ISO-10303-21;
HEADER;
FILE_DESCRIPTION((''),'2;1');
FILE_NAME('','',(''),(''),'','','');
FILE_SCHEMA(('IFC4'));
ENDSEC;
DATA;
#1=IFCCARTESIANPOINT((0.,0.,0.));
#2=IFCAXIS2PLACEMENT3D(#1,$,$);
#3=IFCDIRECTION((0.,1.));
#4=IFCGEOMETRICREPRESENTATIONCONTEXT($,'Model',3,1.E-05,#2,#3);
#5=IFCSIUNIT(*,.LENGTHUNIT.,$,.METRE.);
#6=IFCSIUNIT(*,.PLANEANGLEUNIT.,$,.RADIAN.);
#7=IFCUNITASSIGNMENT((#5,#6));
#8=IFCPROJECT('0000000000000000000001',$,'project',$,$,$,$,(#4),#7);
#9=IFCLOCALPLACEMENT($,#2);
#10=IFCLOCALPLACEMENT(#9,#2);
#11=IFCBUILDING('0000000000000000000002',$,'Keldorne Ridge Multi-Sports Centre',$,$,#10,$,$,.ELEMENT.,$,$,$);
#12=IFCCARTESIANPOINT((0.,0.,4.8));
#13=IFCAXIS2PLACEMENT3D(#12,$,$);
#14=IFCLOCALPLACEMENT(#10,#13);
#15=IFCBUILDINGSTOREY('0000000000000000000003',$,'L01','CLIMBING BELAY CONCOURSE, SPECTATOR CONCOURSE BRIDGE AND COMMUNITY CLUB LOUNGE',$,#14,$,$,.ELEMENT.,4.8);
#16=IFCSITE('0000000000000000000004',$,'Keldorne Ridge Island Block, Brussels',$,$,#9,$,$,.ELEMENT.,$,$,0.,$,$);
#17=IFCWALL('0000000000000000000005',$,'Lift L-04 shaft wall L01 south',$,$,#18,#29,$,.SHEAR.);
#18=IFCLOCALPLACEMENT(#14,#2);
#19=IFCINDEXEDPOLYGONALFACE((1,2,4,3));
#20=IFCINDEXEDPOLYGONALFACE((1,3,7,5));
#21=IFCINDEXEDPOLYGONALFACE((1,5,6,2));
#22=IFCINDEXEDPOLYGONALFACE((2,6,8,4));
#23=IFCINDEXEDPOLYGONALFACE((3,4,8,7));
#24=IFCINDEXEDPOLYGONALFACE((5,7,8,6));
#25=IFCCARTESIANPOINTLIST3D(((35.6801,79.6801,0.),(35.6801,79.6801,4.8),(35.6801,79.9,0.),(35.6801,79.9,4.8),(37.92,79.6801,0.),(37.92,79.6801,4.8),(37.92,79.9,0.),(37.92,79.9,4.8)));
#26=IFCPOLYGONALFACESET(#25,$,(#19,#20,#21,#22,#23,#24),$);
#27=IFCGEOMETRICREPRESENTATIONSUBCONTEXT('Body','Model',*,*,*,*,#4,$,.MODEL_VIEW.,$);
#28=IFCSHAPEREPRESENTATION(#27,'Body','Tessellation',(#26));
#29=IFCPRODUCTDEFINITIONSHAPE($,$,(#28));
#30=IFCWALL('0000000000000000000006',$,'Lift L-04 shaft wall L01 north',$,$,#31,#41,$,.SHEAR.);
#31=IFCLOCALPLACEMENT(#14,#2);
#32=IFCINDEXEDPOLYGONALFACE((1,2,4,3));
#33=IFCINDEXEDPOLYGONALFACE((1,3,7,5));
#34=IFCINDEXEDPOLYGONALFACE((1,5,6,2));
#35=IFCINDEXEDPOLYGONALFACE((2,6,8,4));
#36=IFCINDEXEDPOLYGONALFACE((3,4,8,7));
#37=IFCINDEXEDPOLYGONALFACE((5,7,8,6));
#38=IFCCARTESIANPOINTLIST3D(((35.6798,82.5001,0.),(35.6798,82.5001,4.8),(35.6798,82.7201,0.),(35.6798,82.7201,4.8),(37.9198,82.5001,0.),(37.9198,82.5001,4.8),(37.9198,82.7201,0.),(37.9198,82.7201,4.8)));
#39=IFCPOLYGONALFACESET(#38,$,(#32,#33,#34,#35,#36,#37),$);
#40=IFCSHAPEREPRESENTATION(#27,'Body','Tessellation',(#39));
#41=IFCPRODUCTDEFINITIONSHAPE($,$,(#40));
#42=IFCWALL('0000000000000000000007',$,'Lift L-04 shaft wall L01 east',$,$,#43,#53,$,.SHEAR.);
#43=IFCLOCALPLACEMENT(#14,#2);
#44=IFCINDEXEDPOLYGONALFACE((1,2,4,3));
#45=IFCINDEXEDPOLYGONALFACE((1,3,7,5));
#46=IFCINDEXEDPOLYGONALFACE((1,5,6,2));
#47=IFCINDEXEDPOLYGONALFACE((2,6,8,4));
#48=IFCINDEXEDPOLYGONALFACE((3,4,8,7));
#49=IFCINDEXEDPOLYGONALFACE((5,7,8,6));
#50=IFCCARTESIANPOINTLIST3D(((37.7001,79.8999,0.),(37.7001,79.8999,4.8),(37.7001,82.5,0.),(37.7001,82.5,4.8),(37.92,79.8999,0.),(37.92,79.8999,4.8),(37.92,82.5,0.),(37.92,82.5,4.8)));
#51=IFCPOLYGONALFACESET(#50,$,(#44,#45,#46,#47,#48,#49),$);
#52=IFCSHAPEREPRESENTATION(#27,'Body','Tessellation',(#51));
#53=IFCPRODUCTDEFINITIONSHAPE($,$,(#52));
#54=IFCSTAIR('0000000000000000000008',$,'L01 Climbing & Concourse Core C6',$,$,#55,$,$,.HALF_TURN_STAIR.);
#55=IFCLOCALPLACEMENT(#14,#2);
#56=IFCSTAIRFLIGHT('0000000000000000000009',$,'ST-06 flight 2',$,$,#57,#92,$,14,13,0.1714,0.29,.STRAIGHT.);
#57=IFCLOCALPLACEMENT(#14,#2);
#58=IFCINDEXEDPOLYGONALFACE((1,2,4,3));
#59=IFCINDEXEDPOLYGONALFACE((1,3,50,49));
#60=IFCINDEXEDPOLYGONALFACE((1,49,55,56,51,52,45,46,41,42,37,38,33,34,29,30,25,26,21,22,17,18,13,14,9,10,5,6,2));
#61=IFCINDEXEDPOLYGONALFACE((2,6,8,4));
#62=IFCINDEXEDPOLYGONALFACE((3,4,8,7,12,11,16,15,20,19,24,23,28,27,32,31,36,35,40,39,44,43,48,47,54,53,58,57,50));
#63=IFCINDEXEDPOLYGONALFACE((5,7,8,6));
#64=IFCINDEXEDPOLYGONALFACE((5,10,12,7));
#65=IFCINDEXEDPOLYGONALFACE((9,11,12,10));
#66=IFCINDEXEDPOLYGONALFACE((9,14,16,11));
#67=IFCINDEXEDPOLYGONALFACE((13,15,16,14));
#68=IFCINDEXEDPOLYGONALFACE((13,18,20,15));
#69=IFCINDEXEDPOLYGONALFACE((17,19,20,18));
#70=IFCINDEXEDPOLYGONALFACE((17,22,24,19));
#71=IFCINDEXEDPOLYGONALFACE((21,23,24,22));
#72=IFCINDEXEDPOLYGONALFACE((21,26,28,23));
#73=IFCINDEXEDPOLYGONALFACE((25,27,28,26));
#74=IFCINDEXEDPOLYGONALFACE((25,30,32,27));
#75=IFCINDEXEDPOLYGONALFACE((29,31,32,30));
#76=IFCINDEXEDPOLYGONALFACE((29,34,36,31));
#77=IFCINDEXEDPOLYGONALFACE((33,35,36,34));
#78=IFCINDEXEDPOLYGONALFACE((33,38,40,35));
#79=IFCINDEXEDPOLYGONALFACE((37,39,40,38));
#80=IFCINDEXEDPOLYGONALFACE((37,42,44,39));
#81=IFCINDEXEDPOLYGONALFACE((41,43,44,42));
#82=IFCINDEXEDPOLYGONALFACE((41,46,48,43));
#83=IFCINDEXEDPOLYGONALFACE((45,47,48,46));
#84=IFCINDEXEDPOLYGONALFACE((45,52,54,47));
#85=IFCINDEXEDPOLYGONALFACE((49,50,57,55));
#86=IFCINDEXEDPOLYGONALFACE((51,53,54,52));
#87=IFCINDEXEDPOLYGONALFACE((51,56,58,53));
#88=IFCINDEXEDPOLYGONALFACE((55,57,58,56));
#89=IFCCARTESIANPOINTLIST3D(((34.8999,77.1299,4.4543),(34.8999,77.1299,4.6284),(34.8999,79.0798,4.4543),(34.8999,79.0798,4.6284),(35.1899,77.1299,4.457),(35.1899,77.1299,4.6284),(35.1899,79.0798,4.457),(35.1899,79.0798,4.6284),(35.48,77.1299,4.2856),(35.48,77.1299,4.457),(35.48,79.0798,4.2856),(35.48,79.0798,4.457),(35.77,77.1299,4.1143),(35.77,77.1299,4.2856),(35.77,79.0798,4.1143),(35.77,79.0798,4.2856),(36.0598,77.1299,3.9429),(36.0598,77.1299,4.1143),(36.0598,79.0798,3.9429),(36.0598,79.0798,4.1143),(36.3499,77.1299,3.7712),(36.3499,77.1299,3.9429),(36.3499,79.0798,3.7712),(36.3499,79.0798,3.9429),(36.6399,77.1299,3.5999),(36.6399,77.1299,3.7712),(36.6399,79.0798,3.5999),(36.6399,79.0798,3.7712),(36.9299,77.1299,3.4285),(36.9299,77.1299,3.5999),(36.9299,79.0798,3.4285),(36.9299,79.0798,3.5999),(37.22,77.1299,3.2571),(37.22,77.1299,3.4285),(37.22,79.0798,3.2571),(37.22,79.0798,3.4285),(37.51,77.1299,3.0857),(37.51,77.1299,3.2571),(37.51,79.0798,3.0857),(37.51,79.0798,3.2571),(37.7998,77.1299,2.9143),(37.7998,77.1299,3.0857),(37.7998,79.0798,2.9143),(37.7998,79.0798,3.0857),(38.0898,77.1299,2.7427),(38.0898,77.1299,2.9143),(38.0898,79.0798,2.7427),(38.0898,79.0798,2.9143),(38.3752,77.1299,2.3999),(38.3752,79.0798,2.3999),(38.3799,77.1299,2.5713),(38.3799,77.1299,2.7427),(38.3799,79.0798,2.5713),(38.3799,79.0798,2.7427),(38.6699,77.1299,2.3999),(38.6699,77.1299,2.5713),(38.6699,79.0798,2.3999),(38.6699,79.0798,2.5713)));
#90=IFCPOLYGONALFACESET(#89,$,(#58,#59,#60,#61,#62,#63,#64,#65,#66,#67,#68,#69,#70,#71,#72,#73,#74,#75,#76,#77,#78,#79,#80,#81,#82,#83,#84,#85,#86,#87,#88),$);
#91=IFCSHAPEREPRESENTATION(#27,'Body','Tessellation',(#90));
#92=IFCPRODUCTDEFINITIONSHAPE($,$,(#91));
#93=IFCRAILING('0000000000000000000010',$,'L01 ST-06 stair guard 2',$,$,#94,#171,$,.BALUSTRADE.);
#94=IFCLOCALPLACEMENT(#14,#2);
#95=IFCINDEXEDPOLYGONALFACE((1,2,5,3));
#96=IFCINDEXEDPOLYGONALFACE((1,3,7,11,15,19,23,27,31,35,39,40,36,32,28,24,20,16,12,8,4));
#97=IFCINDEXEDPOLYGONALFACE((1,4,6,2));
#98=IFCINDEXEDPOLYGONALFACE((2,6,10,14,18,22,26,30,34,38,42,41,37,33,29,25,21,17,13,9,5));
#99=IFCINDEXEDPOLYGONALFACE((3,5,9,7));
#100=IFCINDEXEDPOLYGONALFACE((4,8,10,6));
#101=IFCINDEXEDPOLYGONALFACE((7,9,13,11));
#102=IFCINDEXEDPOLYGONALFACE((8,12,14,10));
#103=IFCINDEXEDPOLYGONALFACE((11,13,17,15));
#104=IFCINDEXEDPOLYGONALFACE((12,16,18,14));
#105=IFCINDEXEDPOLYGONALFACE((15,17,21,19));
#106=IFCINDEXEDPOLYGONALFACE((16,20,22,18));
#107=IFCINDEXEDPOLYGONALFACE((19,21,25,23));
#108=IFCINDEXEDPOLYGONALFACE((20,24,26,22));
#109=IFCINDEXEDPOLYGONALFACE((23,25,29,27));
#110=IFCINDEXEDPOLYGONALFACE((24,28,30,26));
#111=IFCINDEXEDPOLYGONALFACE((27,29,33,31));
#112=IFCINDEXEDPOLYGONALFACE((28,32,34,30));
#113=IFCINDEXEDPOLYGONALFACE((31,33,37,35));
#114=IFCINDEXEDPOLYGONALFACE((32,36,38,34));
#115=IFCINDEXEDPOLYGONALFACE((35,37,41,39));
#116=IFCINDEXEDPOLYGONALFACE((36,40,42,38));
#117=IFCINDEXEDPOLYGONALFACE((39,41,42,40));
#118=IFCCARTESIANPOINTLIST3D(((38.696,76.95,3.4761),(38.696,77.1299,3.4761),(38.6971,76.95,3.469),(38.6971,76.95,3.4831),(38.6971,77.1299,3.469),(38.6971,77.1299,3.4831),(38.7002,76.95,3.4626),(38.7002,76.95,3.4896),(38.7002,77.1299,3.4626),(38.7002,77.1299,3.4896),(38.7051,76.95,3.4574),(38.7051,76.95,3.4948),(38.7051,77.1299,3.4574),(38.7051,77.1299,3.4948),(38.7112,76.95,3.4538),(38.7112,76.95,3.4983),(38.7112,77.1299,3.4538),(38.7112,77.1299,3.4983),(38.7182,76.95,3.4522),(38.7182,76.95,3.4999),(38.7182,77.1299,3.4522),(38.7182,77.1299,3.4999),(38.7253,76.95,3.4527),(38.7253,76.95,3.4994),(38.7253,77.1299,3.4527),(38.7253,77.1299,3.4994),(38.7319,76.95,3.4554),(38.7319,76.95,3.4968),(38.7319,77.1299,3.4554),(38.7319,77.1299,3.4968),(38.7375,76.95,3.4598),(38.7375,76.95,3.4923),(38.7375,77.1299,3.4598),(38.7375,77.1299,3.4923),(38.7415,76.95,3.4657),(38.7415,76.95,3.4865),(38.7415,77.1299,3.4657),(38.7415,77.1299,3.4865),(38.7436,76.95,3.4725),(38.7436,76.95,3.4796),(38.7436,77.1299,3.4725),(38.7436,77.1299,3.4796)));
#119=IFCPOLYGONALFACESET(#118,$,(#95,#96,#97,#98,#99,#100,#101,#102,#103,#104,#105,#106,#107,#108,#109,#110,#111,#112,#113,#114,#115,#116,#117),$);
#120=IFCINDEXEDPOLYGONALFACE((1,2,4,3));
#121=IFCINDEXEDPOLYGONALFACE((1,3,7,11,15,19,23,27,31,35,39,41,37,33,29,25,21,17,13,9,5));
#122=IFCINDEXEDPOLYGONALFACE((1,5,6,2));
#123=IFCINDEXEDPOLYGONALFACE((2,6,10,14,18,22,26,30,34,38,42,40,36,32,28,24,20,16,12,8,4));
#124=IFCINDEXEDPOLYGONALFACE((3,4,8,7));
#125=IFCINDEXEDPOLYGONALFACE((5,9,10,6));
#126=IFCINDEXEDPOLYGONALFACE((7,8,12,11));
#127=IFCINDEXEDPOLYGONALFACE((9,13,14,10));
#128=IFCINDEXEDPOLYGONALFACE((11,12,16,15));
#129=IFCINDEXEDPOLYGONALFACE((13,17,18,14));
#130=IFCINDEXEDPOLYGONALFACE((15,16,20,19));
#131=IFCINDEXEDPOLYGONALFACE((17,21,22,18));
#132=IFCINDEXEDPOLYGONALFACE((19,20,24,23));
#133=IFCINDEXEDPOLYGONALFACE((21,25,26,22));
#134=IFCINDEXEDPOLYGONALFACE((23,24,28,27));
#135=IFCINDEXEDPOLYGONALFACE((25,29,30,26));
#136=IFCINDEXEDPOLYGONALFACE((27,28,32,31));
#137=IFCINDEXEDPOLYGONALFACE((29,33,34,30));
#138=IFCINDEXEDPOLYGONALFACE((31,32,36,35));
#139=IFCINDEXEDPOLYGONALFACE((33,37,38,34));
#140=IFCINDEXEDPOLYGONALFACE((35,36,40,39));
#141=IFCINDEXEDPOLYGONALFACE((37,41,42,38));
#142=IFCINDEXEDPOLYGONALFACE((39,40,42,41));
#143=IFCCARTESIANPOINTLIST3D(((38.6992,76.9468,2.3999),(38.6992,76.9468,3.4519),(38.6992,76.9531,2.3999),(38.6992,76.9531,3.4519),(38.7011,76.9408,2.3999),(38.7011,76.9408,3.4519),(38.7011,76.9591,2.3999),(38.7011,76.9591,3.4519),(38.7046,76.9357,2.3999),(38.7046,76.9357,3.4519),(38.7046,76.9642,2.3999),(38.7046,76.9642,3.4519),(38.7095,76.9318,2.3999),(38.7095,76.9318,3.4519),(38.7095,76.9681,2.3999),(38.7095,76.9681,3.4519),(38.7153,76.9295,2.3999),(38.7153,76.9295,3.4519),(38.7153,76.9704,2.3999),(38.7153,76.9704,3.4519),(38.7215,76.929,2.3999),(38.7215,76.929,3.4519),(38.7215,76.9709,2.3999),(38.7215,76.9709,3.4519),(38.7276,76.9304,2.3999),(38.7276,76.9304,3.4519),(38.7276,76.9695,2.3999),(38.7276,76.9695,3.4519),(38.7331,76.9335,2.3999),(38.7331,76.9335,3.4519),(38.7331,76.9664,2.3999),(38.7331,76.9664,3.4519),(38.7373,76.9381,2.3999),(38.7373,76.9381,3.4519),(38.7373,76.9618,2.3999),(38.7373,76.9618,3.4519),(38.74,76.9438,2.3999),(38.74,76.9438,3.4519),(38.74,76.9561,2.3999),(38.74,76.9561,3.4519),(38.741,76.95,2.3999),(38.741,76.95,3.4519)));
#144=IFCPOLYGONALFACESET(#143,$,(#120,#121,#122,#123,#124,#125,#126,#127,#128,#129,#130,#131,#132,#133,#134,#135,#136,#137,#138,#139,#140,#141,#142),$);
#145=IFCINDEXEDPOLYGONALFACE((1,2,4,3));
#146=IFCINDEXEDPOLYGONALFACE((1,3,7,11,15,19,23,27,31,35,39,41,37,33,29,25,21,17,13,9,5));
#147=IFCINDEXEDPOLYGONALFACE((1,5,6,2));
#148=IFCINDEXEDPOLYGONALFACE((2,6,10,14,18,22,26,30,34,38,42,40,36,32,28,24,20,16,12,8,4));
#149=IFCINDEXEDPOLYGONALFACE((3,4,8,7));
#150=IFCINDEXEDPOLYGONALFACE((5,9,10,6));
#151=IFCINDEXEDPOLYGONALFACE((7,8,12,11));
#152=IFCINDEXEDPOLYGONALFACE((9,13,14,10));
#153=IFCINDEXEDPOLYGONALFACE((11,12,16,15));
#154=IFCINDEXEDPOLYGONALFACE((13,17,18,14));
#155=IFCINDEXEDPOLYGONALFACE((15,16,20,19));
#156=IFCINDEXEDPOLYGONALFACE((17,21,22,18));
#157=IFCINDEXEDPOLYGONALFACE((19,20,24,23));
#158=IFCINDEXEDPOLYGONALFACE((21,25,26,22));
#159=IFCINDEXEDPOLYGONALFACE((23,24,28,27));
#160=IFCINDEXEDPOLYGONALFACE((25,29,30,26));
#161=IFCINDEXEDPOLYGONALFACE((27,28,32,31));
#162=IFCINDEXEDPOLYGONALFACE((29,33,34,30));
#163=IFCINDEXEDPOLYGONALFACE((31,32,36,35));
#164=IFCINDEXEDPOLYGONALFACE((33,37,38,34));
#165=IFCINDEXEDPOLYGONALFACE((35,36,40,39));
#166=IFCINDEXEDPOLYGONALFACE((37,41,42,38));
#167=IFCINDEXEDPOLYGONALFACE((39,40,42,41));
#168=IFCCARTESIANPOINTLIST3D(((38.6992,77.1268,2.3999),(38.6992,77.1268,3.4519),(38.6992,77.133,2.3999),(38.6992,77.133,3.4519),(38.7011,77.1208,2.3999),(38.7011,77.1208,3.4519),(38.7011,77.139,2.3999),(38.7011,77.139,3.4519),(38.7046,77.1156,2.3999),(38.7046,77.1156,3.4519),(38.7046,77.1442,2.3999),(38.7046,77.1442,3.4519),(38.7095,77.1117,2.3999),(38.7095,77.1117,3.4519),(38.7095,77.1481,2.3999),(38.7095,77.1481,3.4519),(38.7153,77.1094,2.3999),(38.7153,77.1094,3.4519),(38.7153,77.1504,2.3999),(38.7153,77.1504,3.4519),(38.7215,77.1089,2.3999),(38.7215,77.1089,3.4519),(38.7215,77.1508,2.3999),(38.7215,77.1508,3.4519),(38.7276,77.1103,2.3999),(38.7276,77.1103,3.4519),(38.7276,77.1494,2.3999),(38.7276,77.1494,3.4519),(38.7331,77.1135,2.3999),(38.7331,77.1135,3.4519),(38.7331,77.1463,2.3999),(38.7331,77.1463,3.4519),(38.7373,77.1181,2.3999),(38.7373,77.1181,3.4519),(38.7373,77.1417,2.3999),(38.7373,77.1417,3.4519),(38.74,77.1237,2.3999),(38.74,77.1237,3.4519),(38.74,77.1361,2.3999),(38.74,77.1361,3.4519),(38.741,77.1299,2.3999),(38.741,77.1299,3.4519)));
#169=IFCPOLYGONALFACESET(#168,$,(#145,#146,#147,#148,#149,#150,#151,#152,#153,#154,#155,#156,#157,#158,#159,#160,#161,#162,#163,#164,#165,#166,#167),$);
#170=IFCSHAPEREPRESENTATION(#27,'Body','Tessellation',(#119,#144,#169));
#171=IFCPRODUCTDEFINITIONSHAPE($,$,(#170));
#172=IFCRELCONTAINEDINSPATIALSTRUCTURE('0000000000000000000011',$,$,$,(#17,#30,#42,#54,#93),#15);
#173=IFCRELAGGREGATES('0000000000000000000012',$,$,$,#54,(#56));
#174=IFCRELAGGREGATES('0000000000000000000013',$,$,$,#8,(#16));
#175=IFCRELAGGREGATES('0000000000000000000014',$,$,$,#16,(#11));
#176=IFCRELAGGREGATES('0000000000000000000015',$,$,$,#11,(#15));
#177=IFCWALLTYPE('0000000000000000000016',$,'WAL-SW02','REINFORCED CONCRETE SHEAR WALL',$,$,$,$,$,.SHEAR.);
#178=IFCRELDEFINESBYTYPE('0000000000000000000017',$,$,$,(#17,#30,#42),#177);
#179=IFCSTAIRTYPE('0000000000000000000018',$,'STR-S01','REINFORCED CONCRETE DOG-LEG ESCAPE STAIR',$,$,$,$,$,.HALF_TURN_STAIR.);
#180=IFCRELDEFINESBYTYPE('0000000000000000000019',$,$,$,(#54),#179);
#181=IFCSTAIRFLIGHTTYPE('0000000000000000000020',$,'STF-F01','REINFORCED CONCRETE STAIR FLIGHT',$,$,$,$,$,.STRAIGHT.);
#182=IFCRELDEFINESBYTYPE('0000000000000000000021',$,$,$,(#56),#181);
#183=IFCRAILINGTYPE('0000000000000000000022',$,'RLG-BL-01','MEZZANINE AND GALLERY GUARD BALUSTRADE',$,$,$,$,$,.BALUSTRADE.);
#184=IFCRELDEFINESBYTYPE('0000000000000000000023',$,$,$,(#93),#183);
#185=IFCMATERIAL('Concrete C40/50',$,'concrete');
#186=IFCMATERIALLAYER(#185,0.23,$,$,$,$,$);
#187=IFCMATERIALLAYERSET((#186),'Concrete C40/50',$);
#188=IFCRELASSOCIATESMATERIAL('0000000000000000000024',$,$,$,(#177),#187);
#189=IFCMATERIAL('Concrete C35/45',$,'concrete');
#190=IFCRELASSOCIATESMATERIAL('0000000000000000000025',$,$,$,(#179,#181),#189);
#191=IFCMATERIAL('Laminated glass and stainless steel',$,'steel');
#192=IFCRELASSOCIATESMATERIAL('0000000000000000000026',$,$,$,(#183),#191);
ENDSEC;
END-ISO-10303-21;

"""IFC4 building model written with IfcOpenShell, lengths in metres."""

from ifc_helpers import new_model, si_unit, direction, frame, frame_2d, origin, origin_2d, place, context, subcontext, project, spatial, polyline, rectangle, circle, outline, extrude, material, layer, layer_set, type_object, element, aggregate, save


model = new_model("IFC4")

# Units and contexts
model_context = context("Model", 3, precision=1e-05, world=origin(), true_north=direction((0.0, 1.0)))
body_context = subcontext(model_context, "Body", "Model", "MODEL_VIEW")
ifc_project = project(units=[si_unit("LENGTHUNIT", "METRE"), si_unit("PLANEANGLEUNIT", "RADIAN")], contexts=[model_context])

# Site, building, storey
site_placement = place(None, origin())
site = spatial("IfcSite", under=ifc_project, at=site_placement, Name="Keldorne Ridge Island Block, Brussels", CompositionType="ELEMENT", RefElevation=0.0)
building_placement = place(site_placement, origin())
building = spatial("IfcBuilding", under=site, at=building_placement, Name="Keldorne Ridge Multi-Sports Centre", CompositionType="ELEMENT")
storey_placement = place(building_placement, frame((0.0, 0.0, 4.8)))
storey = spatial("IfcBuildingStorey", under=building, at=storey_placement, Name="L01", Description="CLIMBING BELAY CONCOURSE, SPECTATOR CONCOURSE BRIDGE AND COMMUNITY CLUB LOUNGE", CompositionType="ELEMENT", Elevation=4.8)

# Walls
ifc_material_1 = material(Name="Concrete C40/50", Category="concrete")
ifc_layer_1 = layer(ifc_material_1, 0.23)
ifc_layer_set_1 = layer_set([ifc_layer_1], Name="Concrete C40/50")
wall_type = type_object("IfcWallType", Name="WAL-SW02", Description="REINFORCED CONCRETE SHEAR WALL", PredefinedType="SHEAR", material=ifc_layer_set_1)
for number, where, z_axis, x_axis, name in (
    (1, (35.6799, 79.79, 0.0), (0.0, 0.0, 1.0), (1.0, 0.0, 0.0), "Lift L-04 shaft wall L01 south"),
    (2, (37.9199, 82.6101, 0.0), (0.0, 0.0, 1.0), (-1.0, 0.0, 0.0), "Lift L-04 shaft wall L01 north"),
):
    element("IfcWall", number, at=place(storey_placement, frame(where, z_axis=z_axis, x_axis=x_axis)), inside=storey, type_object=wall_type, Name=name, PredefinedType="SHEAR", context=body_context, shape_type="SweptSolid", body=[
        extrude(rectangle(XDim=2.24, YDim=0.22, at=frame_2d((1.1201, 0.0))), origin(), (0.0, 0.0, 1.0), 4.8),
    ])

# Wall
wall_1_placement = place(storey_placement, frame((37.8101, 79.8999, 0.0), z_axis=(0.0, 0.0, 1.0), x_axis=(0.0, 1.0, 0.0)))
element("IfcWall", 3, at=wall_1_placement, inside=storey, type_object=wall_type, Name="Lift L-04 shaft wall L01 east", PredefinedType="SHEAR", context=body_context, shape_type="SweptSolid", body=[
    extrude(rectangle(XDim=2.6001, YDim=0.22, at=frame_2d((1.3, 0.0))), origin(), (0.0, 0.0, 1.0), 4.8),
])

# Stair, stair flight
ifc_material_2 = material(Name="Concrete C35/45", Category="concrete")
stair_type = type_object("IfcStairType", Name="STR-S01", Description="REINFORCED CONCRETE DOG-LEG ESCAPE STAIR", PredefinedType="HALF_TURN_STAIR", material=ifc_material_2)
stair_placement = place(storey_placement, origin())
stair = element("IfcStair", 4, at=stair_placement, inside=storey, type_object=stair_type, Name="L01 Climbing & Concourse Core C6", PredefinedType="HALF_TURN_STAIR")
stair_flight_type = type_object("IfcStairFlightType", Name="STF-F01", Description="REINFORCED CONCRETE STAIR FLIGHT", PredefinedType="STRAIGHT", material=ifc_material_2)
stair_flight_placement = place(storey_placement, frame((38.6699, 78.105, 2.3999), z_axis=(0.0, 0.0, 1.0), x_axis=(-1.0, 0.0, 0.0)))
stair_flight = element("IfcStairFlight", 5, at=stair_flight_placement, type_object=stair_flight_type, Name="ST-06 flight 2", NumberOfRisers=14, NumberOfTreads=13, PredefinedType="STRAIGHT", RiserHeight=0.1714, TreadLength=0.29, context=body_context, shape_type="SweptSolid", body=[
    extrude(outline(polyline([(0.0, 0.0), (0.0, 0.1714), (0.29, 0.1714), (0.29, 0.3428), (0.5801, 0.3428), (0.5801, 0.5144), (0.8701, 0.5144), (0.8701, 0.6858), (1.1599, 0.6858), (1.1599, 0.8572), (1.45, 0.8572), (1.45, 1.0286), (1.74, 1.0286), (1.74, 1.2), (2.03, 1.2), (2.03, 1.3713), (2.3201, 1.3713), (2.3201, 1.543), (2.6101, 1.543), (2.6101, 1.7144), (2.8999, 1.7144), (2.8999, 1.8857), (3.1899, 1.8857), (3.1899, 2.0571), (3.48, 2.0571), (3.48, 2.2285), (3.77, 2.2285), (3.77, 2.3999), (3.77, 2.0544), (0.2947, 0.0), (0.0, 0.0)])), frame((0.0, 0.9751, 0.0), z_axis=(0.0, -1.0, 0.0), x_axis=(1.0, 0.0, 0.0)), (0.0, 0.0, 1.0), 1.95),
])
aggregate(stair, [stair_flight])

# Railing
ifc_material_3 = material(Name="Laminated glass and stainless steel", Category="steel")
railing_type_1 = type_object("IfcRailingType", Name="RLG-BL-01", Description="MEZZANINE AND GALLERY GUARD BALUSTRADE", PredefinedType="BALUSTRADE", material=ifc_material_3)
railing_1_placement = place(storey_placement, frame((38.72, 76.95, 2.3999)))
element("IfcRailing", 6, at=railing_1_placement, inside=storey, type_object=railing_type_1, Name="L01 ST-06 stair guard 2", PredefinedType="BALUSTRADE", context=body_context, shape_type="SweptSolid", body=[
    extrude(circle(Radius=0.0239, at=origin_2d()), frame((0.0, 0.0, 1.0762), z_axis=(0.0, 1.0, 0.0), x_axis=(-1.0, 0.0, 0.0)), (0.0, 0.0, 1.0), 0.1799),
    extrude(circle(Radius=0.021, at=origin_2d()), origin(), (0.0, 0.0, 1.0), 1.052),
    extrude(circle(Radius=0.021, at=origin_2d()), frame((0.0, 0.1799, 0.0)), (0.0, 0.0, 1.0), 1.052),
])

save(model, "model.ifc")
